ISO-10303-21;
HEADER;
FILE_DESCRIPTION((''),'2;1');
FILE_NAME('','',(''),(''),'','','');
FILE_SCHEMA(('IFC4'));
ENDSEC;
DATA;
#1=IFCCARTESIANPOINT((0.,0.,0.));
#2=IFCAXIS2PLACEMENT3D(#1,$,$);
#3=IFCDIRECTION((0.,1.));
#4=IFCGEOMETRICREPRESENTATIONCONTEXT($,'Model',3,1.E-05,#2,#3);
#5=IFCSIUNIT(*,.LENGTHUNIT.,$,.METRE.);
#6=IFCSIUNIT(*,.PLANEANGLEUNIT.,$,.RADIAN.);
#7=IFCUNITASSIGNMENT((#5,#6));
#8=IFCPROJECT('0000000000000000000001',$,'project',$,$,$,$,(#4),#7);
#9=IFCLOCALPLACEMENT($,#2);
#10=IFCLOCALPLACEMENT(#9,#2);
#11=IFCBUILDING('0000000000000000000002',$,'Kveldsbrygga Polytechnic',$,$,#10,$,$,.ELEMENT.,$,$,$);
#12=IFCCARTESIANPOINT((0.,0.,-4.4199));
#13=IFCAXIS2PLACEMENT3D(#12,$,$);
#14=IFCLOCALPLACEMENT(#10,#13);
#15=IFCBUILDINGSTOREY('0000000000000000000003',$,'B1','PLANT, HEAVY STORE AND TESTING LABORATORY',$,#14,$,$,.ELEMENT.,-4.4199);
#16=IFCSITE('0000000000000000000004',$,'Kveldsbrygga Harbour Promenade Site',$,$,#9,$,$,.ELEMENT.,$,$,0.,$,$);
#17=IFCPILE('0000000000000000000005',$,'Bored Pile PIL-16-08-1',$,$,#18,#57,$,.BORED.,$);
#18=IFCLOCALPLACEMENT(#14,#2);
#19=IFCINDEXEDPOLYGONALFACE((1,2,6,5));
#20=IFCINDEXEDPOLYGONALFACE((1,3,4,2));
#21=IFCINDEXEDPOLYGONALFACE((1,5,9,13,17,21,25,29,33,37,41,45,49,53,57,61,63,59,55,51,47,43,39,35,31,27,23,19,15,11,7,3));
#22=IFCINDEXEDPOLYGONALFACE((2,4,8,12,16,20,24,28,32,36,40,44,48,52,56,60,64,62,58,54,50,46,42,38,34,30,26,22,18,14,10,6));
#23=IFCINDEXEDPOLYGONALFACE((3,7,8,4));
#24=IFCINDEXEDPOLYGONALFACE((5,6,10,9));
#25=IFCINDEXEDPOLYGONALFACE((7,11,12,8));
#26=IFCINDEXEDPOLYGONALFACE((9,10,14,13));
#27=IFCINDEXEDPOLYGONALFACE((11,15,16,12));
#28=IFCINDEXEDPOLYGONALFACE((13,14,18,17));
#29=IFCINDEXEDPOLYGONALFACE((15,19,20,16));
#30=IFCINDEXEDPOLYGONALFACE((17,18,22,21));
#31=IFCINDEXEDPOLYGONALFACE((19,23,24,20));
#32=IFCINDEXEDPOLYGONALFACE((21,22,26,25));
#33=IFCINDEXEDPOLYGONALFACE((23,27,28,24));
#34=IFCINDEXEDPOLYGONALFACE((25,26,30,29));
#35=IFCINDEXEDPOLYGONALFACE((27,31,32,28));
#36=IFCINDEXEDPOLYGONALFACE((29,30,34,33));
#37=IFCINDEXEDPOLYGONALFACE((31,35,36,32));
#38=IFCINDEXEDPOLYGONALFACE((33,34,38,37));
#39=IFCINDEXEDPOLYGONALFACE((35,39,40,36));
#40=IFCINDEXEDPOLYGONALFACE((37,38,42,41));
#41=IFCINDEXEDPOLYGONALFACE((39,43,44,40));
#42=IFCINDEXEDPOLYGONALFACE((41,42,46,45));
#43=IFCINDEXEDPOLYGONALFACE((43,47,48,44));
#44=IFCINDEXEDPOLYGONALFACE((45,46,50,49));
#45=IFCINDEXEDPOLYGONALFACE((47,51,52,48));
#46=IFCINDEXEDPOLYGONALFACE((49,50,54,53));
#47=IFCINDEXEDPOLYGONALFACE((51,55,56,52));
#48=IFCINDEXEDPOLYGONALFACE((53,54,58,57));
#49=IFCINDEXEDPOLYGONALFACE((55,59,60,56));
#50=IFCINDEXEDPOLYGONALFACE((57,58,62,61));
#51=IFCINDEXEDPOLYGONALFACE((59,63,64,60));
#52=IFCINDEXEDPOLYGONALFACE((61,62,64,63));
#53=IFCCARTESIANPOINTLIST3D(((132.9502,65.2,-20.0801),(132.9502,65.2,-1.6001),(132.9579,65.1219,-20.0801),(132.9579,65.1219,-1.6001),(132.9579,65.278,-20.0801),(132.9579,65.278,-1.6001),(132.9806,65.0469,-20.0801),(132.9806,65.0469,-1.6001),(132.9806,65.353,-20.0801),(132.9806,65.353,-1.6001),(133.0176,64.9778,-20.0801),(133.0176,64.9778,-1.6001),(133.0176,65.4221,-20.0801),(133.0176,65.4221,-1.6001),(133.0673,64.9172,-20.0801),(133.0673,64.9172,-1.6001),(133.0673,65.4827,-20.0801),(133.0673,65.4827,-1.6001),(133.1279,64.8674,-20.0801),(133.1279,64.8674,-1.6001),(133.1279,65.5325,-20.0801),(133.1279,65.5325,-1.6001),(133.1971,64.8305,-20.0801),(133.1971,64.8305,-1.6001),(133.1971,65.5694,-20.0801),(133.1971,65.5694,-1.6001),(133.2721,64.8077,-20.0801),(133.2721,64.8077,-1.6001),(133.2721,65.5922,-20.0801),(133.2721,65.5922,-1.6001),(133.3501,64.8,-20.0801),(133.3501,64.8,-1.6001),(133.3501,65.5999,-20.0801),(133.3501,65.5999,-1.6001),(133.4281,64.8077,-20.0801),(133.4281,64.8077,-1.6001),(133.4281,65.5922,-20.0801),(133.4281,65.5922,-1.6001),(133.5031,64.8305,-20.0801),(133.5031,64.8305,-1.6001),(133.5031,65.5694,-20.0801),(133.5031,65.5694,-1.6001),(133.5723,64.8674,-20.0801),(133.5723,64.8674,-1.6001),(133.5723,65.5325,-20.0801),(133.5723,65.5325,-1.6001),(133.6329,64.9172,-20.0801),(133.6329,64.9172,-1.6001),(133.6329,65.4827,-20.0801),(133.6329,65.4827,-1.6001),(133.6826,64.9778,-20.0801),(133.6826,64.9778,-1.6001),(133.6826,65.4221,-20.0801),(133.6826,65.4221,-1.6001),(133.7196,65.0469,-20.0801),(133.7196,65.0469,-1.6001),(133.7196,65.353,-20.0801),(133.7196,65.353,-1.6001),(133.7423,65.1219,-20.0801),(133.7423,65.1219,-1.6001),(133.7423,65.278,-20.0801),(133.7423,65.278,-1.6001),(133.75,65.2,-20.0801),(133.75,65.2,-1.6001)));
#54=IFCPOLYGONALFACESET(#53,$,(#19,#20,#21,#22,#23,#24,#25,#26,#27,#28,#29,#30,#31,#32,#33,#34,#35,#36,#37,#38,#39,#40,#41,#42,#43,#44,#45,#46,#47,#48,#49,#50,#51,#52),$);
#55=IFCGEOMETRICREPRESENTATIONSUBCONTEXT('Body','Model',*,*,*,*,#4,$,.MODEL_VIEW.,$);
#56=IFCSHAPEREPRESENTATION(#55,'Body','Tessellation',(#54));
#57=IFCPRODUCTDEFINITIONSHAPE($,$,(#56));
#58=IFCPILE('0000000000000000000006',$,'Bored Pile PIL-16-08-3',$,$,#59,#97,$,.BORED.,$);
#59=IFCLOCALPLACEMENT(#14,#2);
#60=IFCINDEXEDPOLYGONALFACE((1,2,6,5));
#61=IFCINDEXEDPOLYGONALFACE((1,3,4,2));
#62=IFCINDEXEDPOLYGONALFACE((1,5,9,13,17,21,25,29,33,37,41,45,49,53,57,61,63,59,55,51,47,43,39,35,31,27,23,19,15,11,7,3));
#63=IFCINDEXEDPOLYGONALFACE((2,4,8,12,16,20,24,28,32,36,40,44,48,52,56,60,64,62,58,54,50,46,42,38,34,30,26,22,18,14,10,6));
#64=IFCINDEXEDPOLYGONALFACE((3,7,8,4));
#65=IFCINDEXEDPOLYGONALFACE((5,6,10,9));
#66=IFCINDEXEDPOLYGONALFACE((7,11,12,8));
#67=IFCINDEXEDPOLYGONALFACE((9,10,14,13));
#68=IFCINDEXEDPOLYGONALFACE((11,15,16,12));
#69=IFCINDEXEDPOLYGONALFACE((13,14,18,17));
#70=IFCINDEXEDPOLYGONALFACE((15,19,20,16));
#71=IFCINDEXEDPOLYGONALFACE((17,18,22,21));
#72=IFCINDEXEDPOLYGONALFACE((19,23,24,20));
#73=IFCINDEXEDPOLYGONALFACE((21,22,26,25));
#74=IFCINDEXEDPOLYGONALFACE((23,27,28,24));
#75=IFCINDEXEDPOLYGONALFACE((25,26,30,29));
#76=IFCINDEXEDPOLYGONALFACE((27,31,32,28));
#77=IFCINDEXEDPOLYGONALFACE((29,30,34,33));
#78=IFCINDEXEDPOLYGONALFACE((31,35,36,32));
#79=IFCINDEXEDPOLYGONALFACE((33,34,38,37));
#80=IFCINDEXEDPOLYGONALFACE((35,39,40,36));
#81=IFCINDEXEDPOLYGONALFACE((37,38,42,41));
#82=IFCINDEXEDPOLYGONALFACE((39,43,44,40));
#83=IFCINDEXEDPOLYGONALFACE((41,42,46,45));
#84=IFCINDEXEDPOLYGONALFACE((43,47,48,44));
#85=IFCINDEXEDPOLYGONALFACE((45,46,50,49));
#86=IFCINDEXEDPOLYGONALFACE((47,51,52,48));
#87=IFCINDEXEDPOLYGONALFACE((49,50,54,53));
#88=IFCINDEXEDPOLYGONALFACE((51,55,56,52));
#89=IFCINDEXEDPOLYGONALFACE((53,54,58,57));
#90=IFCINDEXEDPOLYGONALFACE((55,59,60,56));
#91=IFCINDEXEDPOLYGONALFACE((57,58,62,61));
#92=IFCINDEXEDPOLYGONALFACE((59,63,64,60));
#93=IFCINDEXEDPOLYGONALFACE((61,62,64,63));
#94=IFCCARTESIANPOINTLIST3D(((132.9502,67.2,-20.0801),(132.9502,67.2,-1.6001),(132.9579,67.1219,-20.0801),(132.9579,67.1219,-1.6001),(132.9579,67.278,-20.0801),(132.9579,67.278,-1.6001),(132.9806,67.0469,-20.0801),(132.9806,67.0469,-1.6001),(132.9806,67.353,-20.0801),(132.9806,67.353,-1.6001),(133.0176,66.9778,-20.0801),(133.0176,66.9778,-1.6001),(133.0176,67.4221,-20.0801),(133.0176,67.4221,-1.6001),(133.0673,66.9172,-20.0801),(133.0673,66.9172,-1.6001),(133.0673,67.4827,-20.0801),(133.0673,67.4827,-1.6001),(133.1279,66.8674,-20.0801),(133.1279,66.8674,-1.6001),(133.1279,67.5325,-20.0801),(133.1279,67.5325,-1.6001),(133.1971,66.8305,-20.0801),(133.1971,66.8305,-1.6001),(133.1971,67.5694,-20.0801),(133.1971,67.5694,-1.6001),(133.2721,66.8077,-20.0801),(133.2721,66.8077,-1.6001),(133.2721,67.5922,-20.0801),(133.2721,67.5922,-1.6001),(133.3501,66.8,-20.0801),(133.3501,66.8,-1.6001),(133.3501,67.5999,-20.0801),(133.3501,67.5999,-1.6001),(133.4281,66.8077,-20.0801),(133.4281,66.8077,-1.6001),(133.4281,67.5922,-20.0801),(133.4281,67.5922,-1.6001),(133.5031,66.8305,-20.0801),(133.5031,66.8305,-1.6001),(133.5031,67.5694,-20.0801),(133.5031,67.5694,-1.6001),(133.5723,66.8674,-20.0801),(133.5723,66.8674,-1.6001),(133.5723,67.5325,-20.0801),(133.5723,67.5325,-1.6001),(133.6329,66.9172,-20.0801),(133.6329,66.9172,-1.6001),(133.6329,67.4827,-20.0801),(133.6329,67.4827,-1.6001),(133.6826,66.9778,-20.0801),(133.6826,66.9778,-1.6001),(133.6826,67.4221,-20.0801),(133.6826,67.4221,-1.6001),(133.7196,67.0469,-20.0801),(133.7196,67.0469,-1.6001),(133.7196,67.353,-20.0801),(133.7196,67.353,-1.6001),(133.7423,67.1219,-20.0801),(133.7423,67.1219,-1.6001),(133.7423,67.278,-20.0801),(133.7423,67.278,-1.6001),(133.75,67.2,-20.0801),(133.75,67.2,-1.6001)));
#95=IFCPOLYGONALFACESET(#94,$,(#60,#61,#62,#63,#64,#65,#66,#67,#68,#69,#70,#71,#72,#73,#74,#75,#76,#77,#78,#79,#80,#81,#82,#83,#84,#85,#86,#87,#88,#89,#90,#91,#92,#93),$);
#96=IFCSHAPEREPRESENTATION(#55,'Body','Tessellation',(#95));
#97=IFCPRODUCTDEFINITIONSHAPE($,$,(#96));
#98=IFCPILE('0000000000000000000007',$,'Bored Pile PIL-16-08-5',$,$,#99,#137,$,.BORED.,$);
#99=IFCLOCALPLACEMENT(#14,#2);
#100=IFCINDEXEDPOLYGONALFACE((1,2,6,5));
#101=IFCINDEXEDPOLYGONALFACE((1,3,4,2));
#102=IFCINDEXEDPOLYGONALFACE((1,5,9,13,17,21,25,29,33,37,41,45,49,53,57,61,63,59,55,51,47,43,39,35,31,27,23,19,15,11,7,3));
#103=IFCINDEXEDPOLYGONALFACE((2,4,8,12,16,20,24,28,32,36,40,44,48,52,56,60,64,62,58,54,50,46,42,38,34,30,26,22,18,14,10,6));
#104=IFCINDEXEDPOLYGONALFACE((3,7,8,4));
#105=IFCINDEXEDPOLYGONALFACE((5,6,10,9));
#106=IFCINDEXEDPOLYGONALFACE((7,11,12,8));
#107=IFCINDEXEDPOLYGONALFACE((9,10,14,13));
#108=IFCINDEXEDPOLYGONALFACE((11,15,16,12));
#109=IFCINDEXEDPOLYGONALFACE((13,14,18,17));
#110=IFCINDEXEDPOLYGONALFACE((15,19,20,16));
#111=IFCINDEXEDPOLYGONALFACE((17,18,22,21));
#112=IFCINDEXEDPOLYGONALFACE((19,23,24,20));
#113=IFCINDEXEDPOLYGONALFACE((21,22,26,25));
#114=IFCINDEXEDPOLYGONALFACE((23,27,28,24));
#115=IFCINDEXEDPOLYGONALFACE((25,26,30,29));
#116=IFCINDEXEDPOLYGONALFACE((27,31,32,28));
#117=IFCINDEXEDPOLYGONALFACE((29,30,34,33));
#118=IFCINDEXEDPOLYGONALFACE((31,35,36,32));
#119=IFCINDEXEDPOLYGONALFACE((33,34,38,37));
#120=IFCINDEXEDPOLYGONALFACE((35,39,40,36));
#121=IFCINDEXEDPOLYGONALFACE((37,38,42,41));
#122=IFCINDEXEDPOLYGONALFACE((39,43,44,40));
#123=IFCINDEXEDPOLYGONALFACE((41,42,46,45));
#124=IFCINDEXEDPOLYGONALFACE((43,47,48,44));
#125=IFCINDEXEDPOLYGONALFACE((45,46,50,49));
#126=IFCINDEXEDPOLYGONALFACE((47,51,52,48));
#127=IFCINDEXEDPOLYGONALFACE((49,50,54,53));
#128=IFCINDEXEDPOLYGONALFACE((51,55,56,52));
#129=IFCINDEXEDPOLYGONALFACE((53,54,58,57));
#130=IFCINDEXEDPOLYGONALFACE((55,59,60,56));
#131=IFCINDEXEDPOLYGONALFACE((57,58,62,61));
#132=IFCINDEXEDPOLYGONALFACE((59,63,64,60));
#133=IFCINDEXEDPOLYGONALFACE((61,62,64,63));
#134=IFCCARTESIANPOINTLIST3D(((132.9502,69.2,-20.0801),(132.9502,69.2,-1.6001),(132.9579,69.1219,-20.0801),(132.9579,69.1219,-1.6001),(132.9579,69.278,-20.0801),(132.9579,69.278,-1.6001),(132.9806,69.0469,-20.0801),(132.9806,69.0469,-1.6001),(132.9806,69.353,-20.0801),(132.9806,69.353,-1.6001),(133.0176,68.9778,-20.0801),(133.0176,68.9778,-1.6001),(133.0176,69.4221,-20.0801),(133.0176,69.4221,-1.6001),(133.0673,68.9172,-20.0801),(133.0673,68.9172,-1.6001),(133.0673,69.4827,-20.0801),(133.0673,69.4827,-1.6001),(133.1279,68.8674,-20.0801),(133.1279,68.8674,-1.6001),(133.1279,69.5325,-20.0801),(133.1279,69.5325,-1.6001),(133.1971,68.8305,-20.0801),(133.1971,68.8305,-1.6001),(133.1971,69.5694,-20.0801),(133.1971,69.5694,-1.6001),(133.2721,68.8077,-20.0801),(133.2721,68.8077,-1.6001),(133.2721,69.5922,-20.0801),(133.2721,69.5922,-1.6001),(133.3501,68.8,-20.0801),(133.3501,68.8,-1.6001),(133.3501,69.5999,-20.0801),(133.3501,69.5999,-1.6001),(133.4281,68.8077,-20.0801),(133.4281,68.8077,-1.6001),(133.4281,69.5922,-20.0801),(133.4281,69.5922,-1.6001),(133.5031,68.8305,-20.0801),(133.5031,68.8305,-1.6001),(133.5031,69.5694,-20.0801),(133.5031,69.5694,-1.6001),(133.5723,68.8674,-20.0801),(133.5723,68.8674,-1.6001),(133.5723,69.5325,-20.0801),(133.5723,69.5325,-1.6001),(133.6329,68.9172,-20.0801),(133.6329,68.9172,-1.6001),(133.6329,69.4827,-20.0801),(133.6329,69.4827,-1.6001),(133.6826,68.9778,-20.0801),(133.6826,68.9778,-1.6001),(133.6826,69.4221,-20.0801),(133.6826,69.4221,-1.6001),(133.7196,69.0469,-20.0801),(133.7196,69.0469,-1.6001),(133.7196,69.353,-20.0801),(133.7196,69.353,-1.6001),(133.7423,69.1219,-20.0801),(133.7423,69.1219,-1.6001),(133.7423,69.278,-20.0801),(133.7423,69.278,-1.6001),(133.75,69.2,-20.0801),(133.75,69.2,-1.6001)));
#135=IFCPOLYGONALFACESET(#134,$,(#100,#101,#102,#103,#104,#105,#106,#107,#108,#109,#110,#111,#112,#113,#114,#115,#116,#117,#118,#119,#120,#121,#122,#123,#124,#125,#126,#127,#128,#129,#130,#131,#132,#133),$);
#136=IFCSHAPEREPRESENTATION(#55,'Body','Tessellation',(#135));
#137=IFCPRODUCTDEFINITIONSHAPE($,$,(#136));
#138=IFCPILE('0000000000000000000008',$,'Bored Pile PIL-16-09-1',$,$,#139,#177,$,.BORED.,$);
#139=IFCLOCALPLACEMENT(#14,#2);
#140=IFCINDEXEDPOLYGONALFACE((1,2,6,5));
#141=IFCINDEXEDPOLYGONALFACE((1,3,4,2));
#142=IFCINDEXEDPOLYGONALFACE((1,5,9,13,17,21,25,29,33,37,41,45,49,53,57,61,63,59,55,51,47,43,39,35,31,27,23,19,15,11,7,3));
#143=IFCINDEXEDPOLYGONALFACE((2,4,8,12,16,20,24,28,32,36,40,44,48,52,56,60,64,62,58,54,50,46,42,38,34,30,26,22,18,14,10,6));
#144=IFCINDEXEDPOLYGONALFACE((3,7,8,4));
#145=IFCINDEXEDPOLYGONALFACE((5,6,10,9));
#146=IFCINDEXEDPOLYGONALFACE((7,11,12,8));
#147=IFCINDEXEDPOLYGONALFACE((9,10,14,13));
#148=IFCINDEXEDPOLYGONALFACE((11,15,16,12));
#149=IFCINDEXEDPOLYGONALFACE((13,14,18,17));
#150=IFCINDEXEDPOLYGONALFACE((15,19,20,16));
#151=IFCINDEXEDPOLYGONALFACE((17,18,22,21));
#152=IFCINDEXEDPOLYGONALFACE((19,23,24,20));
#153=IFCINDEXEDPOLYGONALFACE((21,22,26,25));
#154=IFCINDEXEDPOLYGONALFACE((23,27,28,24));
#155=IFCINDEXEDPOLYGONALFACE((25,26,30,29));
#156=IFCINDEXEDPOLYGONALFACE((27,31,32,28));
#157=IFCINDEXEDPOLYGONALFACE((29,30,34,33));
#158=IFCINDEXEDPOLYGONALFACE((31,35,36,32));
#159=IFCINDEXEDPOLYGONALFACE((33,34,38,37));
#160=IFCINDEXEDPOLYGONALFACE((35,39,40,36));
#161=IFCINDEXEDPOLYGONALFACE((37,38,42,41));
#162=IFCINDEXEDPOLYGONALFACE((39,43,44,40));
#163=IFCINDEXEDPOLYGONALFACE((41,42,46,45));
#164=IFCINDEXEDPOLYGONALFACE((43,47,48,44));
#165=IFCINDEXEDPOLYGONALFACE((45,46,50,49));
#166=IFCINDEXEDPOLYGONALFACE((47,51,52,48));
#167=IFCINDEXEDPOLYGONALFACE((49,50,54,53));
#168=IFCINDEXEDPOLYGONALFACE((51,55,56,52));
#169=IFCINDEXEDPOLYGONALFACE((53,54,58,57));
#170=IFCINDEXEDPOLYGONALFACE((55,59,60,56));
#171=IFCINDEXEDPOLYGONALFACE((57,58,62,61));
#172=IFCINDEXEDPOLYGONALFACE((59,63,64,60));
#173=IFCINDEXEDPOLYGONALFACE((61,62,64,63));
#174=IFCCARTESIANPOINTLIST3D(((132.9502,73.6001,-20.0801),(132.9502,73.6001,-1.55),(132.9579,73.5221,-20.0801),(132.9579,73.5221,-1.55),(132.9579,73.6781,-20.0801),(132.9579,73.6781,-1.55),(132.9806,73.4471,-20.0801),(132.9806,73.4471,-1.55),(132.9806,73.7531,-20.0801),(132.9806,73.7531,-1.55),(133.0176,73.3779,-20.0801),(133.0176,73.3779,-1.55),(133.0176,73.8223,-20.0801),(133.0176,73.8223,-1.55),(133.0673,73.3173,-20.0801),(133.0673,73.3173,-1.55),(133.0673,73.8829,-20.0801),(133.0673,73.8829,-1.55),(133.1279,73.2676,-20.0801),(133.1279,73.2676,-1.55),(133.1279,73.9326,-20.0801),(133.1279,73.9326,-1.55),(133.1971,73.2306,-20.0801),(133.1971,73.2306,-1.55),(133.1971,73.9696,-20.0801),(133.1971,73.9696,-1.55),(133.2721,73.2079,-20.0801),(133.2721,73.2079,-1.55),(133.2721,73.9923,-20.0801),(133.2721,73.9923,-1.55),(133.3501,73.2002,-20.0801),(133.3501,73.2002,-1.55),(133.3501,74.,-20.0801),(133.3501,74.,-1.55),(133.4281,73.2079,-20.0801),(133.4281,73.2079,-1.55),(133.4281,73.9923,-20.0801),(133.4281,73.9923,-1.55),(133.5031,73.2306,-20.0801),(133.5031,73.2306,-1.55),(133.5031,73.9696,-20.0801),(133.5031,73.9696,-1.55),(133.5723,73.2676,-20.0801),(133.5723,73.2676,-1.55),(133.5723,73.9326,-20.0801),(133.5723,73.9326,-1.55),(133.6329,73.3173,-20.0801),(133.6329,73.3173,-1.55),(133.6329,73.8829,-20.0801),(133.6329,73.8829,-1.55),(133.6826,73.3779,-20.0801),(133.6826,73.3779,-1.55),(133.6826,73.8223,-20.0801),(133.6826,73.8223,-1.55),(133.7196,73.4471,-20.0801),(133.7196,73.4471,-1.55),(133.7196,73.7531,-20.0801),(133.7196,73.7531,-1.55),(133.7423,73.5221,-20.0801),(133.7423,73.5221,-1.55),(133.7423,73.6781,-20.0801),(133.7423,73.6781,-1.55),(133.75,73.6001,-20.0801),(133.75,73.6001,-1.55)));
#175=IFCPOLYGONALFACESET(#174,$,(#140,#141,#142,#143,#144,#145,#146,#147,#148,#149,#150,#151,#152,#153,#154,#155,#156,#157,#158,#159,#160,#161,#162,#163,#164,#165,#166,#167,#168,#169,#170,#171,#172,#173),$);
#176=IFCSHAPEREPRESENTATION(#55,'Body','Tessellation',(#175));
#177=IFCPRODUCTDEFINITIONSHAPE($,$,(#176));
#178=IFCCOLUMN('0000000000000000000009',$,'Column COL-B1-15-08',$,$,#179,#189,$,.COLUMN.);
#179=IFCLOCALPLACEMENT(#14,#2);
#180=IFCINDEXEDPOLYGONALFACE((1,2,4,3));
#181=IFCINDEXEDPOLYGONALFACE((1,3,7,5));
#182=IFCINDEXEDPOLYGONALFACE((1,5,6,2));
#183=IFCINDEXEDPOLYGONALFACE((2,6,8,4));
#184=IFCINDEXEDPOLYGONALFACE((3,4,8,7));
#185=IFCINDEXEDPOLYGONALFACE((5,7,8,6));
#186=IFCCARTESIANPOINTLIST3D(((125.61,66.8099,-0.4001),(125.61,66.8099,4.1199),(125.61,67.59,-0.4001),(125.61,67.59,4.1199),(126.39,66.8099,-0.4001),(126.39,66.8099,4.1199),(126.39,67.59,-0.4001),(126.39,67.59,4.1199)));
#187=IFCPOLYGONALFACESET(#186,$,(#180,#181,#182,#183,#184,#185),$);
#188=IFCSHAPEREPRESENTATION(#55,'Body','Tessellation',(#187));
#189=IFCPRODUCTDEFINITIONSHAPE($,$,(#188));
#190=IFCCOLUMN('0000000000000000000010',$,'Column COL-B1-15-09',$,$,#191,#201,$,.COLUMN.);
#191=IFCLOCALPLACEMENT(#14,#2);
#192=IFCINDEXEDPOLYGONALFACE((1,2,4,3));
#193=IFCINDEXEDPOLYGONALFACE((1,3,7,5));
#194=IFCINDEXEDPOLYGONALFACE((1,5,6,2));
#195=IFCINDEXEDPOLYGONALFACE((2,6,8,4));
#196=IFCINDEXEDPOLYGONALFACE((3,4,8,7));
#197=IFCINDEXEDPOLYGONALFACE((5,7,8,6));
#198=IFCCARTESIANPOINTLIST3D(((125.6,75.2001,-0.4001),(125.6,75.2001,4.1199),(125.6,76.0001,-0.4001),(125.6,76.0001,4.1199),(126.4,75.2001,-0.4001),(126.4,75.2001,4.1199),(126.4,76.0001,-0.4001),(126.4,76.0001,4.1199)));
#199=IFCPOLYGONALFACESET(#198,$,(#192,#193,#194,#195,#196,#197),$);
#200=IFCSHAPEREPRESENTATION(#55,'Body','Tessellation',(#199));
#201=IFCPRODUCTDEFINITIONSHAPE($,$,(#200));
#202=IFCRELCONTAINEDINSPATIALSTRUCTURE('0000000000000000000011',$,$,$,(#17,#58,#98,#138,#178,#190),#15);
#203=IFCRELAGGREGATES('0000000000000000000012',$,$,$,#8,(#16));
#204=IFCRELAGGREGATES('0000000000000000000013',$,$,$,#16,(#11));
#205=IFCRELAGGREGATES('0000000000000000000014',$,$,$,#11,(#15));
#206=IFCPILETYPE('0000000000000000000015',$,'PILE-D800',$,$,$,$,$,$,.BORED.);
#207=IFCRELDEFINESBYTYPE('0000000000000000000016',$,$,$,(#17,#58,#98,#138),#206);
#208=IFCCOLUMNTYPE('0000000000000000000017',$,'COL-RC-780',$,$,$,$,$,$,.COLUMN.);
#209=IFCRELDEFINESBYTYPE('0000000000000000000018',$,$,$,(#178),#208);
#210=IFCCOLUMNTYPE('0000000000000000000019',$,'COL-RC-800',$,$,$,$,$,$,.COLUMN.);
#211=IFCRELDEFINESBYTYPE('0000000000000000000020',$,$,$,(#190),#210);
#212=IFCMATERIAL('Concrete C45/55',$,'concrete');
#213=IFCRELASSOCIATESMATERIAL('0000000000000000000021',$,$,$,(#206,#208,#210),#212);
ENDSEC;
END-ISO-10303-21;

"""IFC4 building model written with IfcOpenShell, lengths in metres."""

from ifc_helpers import new_model, si_unit, direction, frame, origin, origin_2d, place, context, subcontext, project, spatial, rectangle, circle, extrude, material, material_profile, profile_set, type_object, element, save


model = new_model("IFC4")

# Units and contexts
model_context = context("Model", 3, precision=1e-05, world=origin(), true_north=direction((0.0, 1.0)))
body_context = subcontext(model_context, "Body", "Model", "MODEL_VIEW")
ifc_project = project(units=[si_unit("LENGTHUNIT", "METRE"), si_unit("PLANEANGLEUNIT", "RADIAN")], contexts=[model_context])

# Site, building, storey
site_placement = place(None, origin())
site = spatial("IfcSite", under=ifc_project, at=site_placement, Name="Kveldsbrygga Harbour Promenade Site", CompositionType="ELEMENT", RefElevation=0.0)
building_placement = place(site_placement, origin())
building = spatial("IfcBuilding", under=site, at=building_placement, Name="Kveldsbrygga Polytechnic", CompositionType="ELEMENT")
storey_placement = place(building_placement, frame((0.0, 0.0, -4.4199)))
storey = spatial("IfcBuildingStorey", under=building, at=storey_placement, Name="B1", Description="PLANT, HEAVY STORE AND TESTING LABORATORY", CompositionType="ELEMENT", Elevation=-4.4199)

# Shared definitions
ifc_material_1 = material(Name="Concrete C45/55", Category="concrete")

# Piles
ifc_material_profile_1 = material_profile(ifc_material_1, circle(Radius=0.3999, at=origin_2d()), Name="PILE D800")
ifc_profile_set_1 = profile_set([ifc_material_profile_1], Name="Concrete C45/55")
pile_type = type_object("IfcPileType", Name="PILE-D800", PredefinedType="BORED", material=ifc_profile_set_1)
for number, where, z_axis, x_axis, name in (
    (1, (133.3501, 65.2, -1.6001), (0.0, 0.0, -1.0), (1.0, 0.0, 0.0), "Bored Pile PIL-16-08-1"),
    (2, (133.3501, 67.2, -1.6001), (0.0, 0.0, -1.0), (1.0, 0.0, 0.0), "Bored Pile PIL-16-08-3"),
    (3, (133.3501, 69.2, -1.6001), (0.0, 0.0, -1.0), (1.0, 0.0, 0.0), "Bored Pile PIL-16-08-5"),
):
    element("IfcPile", number, at=place(storey_placement, frame(where, z_axis=z_axis, x_axis=x_axis)), inside=storey, type_object=pile_type, Name=name, PredefinedType="BORED", context=body_context, shape_type="SweptSolid", body=[
        extrude(circle(Radius=0.3999, at=origin_2d()), origin(), (0.0, 0.0, 1.0), 18.48),
    ])
pile_1_placement = place(storey_placement, frame((133.3501, 73.6001, -1.55), z_axis=(0.0, 0.0, -1.0), x_axis=(1.0, 0.0, 0.0)))
element("IfcPile", 4, at=pile_1_placement, inside=storey, type_object=pile_type, Name="Bored Pile PIL-16-09-1", PredefinedType="BORED", context=body_context, shape_type="SweptSolid", body=[
    extrude(circle(Radius=0.3999, at=origin_2d()), origin(), (0.0, 0.0, 1.0), 18.53),
])

# Columns
ifc_material_profile_2 = material_profile(ifc_material_1, rectangle(XDim=0.78, YDim=0.78, at=origin_2d()), Name="RC 780x780")
ifc_profile_set_2 = profile_set([ifc_material_profile_2], Name="Concrete C45/55")
column_type_1 = type_object("IfcColumnType", Name="COL-RC-780", PredefinedType="COLUMN", material=ifc_profile_set_2)
column_1_placement = place(storey_placement, frame((126.0, 67.2, -0.4001), z_axis=(0.0, 0.0, 1.0), x_axis=(1.0, 0.0, 0.0)))
element("IfcColumn", 5, at=column_1_placement, inside=storey, type_object=column_type_1, Name="Column COL-B1-15-08", PredefinedType="COLUMN", context=body_context, shape_type="SweptSolid", body=[
    extrude(rectangle(XDim=0.78, YDim=0.78, at=origin_2d()), origin(), (0.0, 0.0, 1.0), 4.52),
])
ifc_material_profile_3 = material_profile(ifc_material_1, rectangle(XDim=0.8, YDim=0.8, at=origin_2d()), Name="RC 800x800")
ifc_profile_set_3 = profile_set([ifc_material_profile_3], Name="Concrete C45/55")
column_type_2 = type_object("IfcColumnType", Name="COL-RC-800", PredefinedType="COLUMN", material=ifc_profile_set_3)
column_2_placement = place(storey_placement, frame((126.0, 75.6001, -0.4001), z_axis=(0.0, 0.0, 1.0), x_axis=(1.0, 0.0, 0.0)))
element("IfcColumn", 6, at=column_2_placement, inside=storey, type_object=column_type_2, Name="Column COL-B1-15-09", PredefinedType="COLUMN", context=body_context, shape_type="SweptSolid", body=[
    extrude(rectangle(XDim=0.8, YDim=0.8, at=origin_2d()), origin(), (0.0, 0.0, 1.0), 4.52),
])

save(model, "model.ifc")
